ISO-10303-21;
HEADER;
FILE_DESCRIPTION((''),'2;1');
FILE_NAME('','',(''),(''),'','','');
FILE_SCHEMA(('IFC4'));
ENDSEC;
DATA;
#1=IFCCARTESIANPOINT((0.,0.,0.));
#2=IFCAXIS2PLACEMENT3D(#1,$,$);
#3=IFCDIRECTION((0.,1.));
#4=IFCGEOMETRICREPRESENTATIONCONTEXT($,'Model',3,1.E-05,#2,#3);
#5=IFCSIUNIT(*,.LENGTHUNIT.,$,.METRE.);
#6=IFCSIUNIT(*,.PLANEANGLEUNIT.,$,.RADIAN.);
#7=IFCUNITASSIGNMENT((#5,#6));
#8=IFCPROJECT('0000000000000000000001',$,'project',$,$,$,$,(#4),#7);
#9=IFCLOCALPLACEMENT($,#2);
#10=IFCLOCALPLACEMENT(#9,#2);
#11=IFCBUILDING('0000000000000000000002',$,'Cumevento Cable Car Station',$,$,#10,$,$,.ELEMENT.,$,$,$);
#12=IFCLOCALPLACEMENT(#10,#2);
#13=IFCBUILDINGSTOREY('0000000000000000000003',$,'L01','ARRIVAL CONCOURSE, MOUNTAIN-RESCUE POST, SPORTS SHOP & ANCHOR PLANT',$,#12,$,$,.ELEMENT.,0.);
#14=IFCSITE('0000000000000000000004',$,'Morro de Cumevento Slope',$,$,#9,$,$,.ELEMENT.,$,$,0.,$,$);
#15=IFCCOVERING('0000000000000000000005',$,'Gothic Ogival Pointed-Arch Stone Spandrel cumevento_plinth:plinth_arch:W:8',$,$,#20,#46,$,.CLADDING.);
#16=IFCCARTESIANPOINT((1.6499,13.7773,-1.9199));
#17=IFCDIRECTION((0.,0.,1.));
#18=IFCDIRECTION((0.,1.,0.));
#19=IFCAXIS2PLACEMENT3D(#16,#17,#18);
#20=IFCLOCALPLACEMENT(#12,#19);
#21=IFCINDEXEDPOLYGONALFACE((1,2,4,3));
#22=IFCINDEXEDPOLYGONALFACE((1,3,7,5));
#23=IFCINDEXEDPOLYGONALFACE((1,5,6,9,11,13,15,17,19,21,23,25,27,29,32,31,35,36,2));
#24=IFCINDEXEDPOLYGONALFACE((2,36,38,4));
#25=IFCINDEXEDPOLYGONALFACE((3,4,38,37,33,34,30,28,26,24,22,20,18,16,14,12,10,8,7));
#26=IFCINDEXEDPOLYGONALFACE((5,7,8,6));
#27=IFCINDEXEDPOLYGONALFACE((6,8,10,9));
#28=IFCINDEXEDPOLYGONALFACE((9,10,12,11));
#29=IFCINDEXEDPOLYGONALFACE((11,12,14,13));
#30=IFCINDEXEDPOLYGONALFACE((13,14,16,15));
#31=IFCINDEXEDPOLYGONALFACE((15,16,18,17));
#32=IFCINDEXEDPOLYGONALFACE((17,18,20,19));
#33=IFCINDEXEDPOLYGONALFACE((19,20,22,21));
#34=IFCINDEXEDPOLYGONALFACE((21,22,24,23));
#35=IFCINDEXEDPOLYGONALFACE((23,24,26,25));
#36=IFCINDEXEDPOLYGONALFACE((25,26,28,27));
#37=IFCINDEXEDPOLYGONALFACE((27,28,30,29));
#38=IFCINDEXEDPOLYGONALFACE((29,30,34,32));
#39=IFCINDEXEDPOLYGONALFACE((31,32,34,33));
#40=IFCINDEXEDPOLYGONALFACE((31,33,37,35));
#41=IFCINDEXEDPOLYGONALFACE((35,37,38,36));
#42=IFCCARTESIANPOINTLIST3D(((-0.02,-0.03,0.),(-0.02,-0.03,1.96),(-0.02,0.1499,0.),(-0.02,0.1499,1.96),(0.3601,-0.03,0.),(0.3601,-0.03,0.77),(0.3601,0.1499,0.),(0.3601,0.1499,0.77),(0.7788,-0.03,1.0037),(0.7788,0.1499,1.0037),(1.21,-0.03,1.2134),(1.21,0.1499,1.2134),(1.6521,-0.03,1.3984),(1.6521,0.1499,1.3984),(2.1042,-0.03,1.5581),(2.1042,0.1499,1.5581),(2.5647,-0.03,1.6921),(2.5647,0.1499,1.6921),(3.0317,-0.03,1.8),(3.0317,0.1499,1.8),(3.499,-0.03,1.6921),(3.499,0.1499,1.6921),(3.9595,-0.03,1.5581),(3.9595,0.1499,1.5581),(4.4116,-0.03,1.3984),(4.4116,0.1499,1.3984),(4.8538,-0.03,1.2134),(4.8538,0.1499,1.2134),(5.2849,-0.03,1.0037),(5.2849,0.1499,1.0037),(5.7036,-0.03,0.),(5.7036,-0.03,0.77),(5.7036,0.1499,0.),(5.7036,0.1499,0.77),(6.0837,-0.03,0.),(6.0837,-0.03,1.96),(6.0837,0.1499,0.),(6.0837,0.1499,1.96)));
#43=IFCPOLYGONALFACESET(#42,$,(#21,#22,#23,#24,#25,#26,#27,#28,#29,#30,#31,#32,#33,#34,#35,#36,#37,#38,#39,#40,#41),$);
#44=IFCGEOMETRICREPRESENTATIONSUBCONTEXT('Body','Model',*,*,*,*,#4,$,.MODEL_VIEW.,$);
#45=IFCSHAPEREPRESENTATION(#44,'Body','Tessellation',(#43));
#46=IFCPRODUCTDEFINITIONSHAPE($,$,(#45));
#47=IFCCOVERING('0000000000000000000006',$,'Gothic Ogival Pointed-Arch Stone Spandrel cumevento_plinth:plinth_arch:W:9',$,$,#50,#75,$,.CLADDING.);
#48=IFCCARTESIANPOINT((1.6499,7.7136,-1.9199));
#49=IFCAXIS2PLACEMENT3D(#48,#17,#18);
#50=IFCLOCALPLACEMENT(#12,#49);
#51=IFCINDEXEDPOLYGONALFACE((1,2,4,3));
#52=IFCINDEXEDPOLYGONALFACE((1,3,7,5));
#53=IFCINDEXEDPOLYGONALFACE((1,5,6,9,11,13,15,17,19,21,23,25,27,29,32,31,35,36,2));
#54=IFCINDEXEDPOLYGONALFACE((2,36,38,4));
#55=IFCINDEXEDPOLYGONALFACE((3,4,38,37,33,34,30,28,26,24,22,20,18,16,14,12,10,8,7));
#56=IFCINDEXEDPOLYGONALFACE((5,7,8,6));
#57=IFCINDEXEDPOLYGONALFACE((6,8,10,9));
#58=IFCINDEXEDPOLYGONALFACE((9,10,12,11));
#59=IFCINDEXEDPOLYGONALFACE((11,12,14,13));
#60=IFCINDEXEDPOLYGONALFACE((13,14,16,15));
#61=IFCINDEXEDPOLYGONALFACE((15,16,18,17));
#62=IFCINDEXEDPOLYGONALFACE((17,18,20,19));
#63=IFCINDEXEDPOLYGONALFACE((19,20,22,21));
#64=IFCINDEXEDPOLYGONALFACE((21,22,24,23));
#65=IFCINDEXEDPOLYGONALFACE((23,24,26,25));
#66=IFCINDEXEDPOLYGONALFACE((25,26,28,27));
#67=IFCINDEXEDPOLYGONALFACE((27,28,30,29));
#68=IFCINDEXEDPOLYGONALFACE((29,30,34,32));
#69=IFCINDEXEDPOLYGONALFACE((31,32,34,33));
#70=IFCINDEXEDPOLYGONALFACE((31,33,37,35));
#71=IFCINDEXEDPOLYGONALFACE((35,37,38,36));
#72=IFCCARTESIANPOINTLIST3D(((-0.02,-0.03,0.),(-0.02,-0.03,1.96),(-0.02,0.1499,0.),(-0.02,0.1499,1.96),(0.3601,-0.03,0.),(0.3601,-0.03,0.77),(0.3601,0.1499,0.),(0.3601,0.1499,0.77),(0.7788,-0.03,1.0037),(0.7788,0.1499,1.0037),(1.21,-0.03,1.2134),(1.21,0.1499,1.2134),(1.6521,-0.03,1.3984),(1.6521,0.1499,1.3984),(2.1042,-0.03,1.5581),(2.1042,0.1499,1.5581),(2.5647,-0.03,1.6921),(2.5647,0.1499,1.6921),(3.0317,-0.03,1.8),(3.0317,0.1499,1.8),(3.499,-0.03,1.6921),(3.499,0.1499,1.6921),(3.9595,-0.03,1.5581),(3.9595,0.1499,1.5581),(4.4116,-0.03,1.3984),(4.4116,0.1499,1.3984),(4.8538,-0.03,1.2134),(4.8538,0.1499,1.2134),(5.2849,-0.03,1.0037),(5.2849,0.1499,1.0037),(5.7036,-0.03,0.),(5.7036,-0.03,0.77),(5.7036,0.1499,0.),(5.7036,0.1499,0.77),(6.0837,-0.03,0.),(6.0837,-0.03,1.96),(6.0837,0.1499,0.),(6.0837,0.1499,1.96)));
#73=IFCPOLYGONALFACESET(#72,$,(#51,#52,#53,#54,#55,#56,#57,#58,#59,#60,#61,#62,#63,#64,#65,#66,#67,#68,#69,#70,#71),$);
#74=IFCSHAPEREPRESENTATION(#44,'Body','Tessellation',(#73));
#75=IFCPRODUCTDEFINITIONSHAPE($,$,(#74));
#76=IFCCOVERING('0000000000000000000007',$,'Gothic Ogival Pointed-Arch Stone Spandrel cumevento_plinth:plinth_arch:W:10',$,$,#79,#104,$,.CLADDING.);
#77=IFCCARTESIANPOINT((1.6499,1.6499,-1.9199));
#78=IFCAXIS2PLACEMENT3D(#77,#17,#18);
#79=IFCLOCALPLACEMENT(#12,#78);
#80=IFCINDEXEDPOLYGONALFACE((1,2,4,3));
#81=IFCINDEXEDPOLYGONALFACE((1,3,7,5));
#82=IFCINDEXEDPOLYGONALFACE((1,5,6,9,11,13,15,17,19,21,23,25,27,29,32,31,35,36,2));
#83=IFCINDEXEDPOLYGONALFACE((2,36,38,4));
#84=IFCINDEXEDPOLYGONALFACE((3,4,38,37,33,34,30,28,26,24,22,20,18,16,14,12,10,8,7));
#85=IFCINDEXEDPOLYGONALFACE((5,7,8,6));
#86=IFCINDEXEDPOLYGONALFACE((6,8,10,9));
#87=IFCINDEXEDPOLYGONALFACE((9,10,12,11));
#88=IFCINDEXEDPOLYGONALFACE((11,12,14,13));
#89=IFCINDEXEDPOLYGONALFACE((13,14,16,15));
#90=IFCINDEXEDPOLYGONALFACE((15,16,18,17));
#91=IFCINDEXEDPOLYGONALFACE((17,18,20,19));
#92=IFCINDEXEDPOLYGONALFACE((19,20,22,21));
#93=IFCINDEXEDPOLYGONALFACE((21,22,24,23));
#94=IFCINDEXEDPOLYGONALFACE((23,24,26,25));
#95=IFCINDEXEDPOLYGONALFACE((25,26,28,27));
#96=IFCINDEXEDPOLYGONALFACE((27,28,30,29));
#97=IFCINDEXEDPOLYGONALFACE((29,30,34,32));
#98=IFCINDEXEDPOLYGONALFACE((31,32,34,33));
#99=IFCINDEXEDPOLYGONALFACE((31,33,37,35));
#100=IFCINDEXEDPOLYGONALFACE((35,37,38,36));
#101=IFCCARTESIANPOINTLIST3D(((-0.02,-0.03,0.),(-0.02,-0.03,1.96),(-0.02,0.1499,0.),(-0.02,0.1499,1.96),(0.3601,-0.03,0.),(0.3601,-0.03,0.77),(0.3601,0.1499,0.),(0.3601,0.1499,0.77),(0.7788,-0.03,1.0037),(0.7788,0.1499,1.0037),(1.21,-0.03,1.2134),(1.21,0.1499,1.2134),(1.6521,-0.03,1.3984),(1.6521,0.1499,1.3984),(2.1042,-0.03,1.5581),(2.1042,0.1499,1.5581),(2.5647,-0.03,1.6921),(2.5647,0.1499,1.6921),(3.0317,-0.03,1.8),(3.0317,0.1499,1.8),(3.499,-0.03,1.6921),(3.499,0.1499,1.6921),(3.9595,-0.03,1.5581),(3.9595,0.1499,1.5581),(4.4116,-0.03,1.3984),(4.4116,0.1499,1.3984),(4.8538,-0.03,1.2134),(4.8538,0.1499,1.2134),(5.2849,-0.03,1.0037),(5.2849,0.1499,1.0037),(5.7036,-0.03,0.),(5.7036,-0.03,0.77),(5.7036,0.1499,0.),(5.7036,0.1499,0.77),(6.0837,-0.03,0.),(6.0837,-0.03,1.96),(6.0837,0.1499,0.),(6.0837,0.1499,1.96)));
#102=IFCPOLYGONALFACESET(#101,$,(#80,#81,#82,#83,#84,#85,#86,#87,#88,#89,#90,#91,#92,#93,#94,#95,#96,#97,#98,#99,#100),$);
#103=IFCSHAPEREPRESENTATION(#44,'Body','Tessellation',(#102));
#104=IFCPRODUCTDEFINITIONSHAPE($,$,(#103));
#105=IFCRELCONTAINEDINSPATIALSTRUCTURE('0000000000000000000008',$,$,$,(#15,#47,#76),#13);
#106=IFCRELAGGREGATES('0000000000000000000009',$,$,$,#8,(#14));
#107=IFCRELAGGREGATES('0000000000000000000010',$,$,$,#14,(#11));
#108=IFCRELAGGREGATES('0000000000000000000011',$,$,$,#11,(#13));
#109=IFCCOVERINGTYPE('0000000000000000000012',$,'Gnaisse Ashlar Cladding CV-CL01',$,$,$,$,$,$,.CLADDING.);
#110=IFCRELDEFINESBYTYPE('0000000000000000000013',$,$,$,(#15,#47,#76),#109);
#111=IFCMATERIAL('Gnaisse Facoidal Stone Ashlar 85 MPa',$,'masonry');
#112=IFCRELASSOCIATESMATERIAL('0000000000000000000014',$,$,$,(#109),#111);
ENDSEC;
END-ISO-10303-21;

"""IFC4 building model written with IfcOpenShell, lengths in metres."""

from ifc_helpers import new_model, si_unit, direction, frame, origin, place, context, subcontext, project, spatial, polyline, outline, extrude, material, type_object, element, save


model = new_model("IFC4")

# Units and contexts
model_context = context("Model", 3, precision=1e-05, world=origin(), true_north=direction((0.0, 1.0)))
body_context = subcontext(model_context, "Body", "Model", "MODEL_VIEW")
ifc_project = project(units=[si_unit("LENGTHUNIT", "METRE"), si_unit("PLANEANGLEUNIT", "RADIAN")], contexts=[model_context])

# Site, building, storey
site_placement = place(None, origin())
site = spatial("IfcSite", under=ifc_project, at=site_placement, Name="Morro de Cumevento Slope", CompositionType="ELEMENT", RefElevation=0.0)
building_placement = place(site_placement, origin())
building = spatial("IfcBuilding", under=site, at=building_placement, Name="Cumevento Cable Car Station", CompositionType="ELEMENT")
storey_placement = place(building_placement, origin())
storey = spatial("IfcBuildingStorey", under=building, at=storey_placement, Name="L01", Description="ARRIVAL CONCOURSE, MOUNTAIN-RESCUE POST, SPORTS SHOP & ANCHOR PLANT", CompositionType="ELEMENT", Elevation=0.0)

# Coverings
ifc_material_1 = material(Name="Gnaisse Facoidal Stone Ashlar 85 MPa", Category="masonry")
covering_type_1 = type_object("IfcCoveringType", Name="Gnaisse Ashlar Cladding CV-CL01", PredefinedType="CLADDING", material=ifc_material_1)
for number, where, z_axis, x_axis, name in (
    (1, (1.6499, 13.7773, -1.9199), (0.0, 0.0, 1.0), (0.0, 1.0, 0.0), "Gothic Ogival Pointed-Arch Stone Spandrel cumevento_plinth:plinth_arch:W:8"),
    (2, (1.6499, 7.7136, -1.9199), (0.0, 0.0, 1.0), (0.0, 1.0, 0.0), "Gothic Ogival Pointed-Arch Stone Spandrel cumevento_plinth:plinth_arch:W:9"),
    (3, (1.6499, 1.6499, -1.9199), (0.0, 0.0, 1.0), (0.0, 1.0, 0.0), "Gothic Ogival Pointed-Arch Stone Spandrel cumevento_plinth:plinth_arch:W:10"),
):
    element("IfcCovering", number, at=place(storey_placement, frame(where, z_axis=z_axis, x_axis=x_axis)), inside=storey, type_object=covering_type_1, Name=name, PredefinedType="CLADDING", context=body_context, shape_type="SweptSolid", body=[
        extrude(outline(polyline([(-0.02, 0.0), (-0.02, 1.96), (6.0837, 1.96), (6.0837, 0.0), (5.7036, 0.0), (5.7036, 0.77), (5.2849, 1.0037), (4.8538, 1.2134), (4.4116, 1.3984), (3.9595, 1.5581), (3.499, 1.6921), (3.0317, 1.8), (2.5647, 1.6921), (2.1042, 1.5581), (1.6521, 1.3984), (1.21, 1.2134), (0.7788, 1.0037), (0.3601, 0.77), (0.3601, 0.0), (-0.02, 0.0)])), frame((0.0, 0.1499, 0.0), z_axis=(0.0, -1.0, 0.0), x_axis=(1.0, 0.0, 0.0)), (0.0, 0.0, 1.0), 0.1799),
    ])

save(model, "model.ifc")
